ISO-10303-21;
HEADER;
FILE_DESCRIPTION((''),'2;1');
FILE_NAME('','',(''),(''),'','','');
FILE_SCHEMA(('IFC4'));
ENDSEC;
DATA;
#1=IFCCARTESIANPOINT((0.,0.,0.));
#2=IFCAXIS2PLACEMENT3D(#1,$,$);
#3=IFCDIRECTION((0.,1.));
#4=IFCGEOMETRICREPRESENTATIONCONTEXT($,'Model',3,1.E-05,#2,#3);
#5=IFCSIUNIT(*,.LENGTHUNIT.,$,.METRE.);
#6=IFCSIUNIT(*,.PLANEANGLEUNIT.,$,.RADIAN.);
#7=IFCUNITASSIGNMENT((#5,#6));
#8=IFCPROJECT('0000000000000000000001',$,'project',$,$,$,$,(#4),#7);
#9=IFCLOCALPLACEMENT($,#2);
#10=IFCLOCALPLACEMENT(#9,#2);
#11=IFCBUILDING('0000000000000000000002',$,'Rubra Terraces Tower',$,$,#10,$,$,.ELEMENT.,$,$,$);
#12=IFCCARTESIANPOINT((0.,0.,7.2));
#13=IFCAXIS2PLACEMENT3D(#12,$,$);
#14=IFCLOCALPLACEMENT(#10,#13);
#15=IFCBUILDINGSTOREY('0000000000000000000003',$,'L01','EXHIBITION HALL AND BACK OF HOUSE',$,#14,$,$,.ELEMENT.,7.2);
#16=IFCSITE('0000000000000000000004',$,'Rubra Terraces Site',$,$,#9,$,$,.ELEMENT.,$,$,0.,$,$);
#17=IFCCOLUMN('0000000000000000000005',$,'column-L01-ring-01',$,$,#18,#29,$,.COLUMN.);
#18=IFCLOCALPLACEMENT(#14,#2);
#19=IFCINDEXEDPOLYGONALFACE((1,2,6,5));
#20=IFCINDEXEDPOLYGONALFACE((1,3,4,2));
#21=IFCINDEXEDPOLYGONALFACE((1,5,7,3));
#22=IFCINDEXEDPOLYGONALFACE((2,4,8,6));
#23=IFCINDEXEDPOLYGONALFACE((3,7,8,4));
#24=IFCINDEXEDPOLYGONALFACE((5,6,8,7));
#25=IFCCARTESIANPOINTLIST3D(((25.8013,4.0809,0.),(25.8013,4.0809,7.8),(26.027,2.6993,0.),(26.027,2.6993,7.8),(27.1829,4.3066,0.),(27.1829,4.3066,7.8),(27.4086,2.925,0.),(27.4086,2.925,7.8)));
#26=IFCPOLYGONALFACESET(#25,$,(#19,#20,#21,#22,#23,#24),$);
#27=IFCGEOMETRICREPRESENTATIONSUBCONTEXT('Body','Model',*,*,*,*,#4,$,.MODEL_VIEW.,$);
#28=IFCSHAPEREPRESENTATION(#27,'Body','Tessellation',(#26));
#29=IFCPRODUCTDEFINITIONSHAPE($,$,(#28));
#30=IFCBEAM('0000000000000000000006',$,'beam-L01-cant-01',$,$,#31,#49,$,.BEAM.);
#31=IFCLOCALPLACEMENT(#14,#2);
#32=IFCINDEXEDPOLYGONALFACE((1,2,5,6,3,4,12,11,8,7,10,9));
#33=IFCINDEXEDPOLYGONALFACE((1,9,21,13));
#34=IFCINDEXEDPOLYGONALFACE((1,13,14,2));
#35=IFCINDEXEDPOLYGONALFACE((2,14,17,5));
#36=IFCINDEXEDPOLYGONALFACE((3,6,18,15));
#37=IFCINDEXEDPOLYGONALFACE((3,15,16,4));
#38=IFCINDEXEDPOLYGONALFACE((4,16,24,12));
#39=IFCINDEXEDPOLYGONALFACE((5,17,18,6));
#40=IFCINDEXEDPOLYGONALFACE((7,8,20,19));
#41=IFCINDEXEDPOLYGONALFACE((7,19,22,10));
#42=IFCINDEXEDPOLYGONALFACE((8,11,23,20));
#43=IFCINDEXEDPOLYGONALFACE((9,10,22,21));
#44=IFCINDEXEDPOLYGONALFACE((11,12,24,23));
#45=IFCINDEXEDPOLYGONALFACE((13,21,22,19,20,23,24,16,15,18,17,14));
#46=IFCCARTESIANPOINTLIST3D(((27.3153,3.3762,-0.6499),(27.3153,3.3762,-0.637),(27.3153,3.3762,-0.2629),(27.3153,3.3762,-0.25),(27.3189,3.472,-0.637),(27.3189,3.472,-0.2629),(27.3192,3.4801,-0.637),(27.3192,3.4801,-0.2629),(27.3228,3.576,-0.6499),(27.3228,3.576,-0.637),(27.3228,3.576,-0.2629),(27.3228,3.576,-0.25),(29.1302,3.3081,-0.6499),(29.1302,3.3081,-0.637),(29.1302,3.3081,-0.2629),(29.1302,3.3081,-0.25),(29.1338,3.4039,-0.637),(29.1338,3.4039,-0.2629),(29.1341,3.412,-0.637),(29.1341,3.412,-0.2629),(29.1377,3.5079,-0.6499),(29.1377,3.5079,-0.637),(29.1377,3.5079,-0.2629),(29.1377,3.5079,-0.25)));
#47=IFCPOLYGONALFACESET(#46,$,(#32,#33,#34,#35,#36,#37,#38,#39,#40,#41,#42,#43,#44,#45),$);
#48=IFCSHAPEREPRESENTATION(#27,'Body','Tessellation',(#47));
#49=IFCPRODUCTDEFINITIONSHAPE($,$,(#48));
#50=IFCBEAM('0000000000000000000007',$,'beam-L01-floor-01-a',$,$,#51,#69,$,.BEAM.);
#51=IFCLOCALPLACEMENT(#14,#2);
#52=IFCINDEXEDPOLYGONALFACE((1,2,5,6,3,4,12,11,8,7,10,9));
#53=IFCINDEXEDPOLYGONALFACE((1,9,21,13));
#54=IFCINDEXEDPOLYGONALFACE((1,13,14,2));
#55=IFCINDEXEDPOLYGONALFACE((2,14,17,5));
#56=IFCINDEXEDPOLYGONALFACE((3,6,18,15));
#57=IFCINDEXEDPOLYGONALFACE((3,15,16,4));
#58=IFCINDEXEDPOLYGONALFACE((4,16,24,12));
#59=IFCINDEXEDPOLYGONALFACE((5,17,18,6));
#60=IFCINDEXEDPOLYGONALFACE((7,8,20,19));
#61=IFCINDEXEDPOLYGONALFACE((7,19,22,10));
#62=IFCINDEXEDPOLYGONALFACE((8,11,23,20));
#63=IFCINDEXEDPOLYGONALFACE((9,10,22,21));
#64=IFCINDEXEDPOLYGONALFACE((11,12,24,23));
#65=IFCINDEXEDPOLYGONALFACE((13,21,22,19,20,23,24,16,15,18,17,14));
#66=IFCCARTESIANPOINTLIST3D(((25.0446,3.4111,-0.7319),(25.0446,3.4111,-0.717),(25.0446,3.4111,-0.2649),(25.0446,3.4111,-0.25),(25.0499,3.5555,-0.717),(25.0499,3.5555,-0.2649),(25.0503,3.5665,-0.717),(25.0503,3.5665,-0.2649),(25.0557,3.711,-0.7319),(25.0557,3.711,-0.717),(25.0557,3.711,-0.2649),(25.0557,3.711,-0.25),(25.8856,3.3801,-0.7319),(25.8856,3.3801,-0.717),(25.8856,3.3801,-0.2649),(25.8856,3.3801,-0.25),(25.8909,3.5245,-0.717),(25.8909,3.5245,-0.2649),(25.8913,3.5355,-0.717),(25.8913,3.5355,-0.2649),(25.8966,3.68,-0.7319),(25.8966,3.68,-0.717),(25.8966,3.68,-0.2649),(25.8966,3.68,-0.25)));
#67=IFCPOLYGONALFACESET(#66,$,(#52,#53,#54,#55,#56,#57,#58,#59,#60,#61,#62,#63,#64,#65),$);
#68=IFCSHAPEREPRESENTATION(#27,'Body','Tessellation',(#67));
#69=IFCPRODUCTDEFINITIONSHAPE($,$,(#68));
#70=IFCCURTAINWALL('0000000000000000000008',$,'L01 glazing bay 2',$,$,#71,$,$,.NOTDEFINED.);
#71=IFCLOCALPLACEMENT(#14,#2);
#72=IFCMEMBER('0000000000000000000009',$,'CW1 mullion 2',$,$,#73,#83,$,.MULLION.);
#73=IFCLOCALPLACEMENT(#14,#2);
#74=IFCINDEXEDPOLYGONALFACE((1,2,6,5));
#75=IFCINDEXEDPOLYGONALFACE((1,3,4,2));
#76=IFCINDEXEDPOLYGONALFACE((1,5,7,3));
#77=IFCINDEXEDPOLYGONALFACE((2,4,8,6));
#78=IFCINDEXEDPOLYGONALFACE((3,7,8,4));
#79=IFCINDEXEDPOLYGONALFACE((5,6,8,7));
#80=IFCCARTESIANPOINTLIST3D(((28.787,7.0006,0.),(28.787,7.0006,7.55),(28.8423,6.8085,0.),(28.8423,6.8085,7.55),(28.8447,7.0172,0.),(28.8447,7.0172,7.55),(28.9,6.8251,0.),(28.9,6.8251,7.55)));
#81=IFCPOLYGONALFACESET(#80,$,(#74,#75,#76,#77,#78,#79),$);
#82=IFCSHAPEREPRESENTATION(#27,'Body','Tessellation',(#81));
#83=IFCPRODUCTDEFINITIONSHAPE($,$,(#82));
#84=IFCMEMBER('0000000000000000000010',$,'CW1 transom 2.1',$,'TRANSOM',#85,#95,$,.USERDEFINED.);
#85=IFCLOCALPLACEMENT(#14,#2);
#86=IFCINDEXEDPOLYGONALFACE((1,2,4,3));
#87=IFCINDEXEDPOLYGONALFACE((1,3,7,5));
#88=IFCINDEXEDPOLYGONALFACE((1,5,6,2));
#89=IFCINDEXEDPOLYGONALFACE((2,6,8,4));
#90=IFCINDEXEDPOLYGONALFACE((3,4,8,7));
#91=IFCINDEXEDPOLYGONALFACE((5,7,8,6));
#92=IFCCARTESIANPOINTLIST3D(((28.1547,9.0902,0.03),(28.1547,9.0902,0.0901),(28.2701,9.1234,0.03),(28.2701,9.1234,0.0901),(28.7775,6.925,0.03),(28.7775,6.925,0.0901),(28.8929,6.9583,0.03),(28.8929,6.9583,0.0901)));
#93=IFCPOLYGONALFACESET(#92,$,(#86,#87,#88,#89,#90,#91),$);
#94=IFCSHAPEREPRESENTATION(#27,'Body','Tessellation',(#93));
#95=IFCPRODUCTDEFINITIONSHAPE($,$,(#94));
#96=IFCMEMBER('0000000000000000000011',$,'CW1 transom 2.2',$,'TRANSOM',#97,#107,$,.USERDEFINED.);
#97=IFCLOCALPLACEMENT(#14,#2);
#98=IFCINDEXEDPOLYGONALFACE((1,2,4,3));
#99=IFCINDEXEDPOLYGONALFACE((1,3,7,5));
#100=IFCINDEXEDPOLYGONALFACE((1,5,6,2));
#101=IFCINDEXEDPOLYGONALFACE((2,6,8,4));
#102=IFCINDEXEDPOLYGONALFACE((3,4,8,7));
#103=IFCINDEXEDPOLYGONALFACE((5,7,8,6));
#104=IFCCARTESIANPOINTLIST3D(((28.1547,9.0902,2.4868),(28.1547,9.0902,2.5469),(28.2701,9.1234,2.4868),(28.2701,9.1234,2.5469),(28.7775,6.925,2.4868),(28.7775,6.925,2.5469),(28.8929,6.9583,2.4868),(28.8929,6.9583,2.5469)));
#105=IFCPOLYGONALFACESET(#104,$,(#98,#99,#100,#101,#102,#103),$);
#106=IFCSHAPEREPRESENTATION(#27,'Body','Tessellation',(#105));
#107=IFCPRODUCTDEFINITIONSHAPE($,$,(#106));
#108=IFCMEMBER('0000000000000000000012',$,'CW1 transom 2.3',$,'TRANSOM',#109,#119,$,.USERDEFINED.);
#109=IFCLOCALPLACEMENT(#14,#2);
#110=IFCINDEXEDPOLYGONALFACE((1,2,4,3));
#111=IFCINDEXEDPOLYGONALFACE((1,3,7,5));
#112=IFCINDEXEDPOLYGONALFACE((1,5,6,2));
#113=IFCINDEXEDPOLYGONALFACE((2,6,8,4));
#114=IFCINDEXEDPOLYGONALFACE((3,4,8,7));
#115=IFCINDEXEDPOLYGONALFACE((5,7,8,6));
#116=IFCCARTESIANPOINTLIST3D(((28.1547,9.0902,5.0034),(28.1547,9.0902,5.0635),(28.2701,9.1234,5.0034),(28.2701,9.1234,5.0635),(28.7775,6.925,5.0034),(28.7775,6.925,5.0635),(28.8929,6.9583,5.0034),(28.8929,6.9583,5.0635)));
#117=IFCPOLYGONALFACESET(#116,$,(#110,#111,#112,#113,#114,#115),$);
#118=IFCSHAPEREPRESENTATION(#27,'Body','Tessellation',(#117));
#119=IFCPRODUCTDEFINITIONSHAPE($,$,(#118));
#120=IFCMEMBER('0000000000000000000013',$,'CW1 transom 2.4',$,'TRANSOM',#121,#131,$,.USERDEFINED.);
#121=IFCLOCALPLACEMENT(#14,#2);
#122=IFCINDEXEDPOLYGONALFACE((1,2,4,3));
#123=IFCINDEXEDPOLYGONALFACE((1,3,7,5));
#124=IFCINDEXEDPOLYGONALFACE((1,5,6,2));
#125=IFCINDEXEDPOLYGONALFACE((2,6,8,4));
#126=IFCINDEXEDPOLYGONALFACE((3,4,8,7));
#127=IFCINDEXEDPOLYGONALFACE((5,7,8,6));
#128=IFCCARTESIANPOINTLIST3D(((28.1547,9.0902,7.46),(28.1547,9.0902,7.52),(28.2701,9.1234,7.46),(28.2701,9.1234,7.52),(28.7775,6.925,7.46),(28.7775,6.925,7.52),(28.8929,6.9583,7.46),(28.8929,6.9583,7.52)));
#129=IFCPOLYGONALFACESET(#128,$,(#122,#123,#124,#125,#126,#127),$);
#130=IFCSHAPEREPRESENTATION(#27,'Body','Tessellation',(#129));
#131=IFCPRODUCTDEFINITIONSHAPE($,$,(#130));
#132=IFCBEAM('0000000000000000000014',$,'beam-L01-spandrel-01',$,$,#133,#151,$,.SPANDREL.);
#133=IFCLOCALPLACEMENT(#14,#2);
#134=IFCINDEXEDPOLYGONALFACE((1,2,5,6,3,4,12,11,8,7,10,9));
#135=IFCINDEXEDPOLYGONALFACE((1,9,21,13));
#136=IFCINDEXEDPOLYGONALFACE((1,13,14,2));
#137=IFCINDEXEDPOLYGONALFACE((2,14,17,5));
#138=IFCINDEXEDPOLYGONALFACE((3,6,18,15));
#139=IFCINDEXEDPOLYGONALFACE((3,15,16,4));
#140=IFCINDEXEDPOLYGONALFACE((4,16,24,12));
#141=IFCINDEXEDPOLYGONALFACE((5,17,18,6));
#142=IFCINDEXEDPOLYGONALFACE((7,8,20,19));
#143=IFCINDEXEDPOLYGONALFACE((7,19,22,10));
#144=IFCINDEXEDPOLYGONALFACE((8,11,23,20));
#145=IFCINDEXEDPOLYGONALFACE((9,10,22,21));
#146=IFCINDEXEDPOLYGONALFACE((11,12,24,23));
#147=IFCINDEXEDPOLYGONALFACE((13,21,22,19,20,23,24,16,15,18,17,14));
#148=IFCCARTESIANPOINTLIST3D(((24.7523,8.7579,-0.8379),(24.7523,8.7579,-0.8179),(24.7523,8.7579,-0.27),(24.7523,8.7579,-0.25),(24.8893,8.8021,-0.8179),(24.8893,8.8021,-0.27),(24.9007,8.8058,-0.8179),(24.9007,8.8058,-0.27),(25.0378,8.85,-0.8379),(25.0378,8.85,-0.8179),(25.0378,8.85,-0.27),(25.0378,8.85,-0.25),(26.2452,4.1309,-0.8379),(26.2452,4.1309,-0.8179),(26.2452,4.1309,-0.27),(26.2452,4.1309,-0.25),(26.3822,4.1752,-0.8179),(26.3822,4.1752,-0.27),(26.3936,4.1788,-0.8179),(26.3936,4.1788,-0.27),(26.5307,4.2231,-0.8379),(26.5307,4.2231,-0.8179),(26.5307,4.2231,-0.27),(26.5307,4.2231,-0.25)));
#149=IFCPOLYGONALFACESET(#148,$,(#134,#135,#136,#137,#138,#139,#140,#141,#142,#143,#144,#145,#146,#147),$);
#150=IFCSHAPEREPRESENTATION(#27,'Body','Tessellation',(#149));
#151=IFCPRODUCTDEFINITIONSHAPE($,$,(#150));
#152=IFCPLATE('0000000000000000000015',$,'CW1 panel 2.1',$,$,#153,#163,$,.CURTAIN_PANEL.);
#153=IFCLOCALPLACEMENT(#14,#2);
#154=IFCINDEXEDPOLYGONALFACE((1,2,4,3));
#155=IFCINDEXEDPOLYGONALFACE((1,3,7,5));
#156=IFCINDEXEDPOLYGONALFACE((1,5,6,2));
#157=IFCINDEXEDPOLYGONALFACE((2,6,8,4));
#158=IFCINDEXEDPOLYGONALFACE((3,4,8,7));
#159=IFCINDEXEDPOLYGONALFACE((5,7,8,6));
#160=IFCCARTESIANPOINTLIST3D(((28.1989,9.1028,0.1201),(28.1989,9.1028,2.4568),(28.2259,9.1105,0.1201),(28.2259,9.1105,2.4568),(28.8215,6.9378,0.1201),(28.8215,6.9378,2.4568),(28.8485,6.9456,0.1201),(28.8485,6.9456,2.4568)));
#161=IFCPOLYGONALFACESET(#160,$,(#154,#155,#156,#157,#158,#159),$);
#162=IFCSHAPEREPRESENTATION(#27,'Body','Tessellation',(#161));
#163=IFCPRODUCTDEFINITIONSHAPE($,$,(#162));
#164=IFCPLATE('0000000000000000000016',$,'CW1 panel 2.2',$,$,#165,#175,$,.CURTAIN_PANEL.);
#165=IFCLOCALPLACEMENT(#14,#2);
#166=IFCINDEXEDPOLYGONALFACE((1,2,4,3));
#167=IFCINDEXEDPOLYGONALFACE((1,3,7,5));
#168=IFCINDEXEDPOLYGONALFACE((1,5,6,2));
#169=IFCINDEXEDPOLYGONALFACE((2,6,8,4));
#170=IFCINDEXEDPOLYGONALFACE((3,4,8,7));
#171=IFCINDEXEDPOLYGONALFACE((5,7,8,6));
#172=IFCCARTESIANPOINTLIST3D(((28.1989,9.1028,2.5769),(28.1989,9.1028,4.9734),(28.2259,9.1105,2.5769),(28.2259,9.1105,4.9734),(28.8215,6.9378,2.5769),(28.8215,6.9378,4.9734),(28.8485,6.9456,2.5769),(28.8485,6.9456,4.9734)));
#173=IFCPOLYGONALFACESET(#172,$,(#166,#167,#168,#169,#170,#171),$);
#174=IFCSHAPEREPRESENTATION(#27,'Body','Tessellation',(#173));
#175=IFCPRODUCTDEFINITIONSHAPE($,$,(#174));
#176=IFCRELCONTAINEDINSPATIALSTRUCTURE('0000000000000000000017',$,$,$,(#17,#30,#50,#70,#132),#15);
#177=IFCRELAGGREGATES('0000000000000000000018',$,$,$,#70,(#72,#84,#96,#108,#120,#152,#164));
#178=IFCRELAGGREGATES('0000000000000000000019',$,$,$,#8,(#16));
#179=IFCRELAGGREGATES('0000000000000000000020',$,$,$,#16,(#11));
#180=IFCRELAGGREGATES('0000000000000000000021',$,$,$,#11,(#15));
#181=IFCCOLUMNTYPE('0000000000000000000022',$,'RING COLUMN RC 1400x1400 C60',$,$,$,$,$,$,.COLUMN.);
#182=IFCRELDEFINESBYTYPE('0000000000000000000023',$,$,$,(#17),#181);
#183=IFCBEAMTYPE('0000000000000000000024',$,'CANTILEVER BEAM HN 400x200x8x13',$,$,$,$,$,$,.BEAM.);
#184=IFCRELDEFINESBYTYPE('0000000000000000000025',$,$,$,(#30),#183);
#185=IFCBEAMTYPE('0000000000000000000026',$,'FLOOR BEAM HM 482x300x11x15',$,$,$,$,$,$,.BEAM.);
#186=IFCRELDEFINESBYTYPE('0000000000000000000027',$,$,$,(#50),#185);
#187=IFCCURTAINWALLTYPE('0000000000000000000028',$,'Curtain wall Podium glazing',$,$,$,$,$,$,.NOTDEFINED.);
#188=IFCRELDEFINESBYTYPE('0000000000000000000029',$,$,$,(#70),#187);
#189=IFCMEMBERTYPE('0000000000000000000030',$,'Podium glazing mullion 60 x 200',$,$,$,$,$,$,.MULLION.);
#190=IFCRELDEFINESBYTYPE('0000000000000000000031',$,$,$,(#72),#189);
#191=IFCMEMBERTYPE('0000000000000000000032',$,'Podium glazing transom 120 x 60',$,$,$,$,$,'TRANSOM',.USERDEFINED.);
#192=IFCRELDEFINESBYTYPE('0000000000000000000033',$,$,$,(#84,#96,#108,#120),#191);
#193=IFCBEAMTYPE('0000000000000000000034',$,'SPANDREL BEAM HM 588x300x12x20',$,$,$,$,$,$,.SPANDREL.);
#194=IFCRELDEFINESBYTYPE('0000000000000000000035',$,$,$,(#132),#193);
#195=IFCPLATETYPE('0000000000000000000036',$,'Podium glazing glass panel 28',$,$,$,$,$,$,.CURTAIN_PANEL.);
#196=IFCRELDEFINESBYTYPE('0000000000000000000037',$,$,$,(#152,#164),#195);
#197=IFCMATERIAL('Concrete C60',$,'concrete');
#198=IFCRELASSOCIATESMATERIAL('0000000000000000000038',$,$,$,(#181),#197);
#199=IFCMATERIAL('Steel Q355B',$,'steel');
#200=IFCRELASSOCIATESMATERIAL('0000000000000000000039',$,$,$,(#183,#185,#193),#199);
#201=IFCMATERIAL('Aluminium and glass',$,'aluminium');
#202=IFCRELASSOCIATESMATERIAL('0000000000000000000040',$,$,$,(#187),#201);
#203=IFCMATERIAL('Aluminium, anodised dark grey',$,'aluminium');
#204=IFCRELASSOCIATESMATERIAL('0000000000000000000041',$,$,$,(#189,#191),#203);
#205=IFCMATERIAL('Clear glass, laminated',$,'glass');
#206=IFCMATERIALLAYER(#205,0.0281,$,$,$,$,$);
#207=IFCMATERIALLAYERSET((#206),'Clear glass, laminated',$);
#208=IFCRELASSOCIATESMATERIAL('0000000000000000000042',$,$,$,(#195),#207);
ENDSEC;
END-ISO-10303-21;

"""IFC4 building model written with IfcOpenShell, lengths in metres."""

from ifc_helpers import new_model, si_unit, direction, frame, origin, origin_2d, place, context, subcontext, project, spatial, rectangle, i_section, extrude, material, layer, layer_set, material_profile, profile_set, type_object, element, aggregate, save


model = new_model("IFC4")

# Units and contexts
model_context = context("Model", 3, precision=1e-05, world=origin(), true_north=direction((0.0, 1.0)))
body_context = subcontext(model_context, "Body", "Model", "MODEL_VIEW")
ifc_project = project(units=[si_unit("LENGTHUNIT", "METRE"), si_unit("PLANEANGLEUNIT", "RADIAN")], contexts=[model_context])

# Site, building, storey
site_placement = place(None, origin())
site = spatial("IfcSite", under=ifc_project, at=site_placement, Name="Rubra Terraces Site", CompositionType="ELEMENT", RefElevation=0.0)
building_placement = place(site_placement, origin())
building = spatial("IfcBuilding", under=site, at=building_placement, Name="Rubra Terraces Tower", CompositionType="ELEMENT")
storey_placement = place(building_placement, frame((0.0, 0.0, 7.2)))
storey = spatial("IfcBuildingStorey", under=building, at=storey_placement, Name="L01", Description="EXHIBITION HALL AND BACK OF HOUSE", CompositionType="ELEMENT", Elevation=7.2)

# Column
ifc_material_1 = material(Name="Concrete C60", Category="concrete")
ifc_material_profile_1 = material_profile(ifc_material_1, rectangle(XDim=1.3999, YDim=1.3999, at=origin_2d()), Name="RC 1400x1400")
ifc_profile_set_1 = profile_set([ifc_material_profile_1], Name="Concrete C60")
column_type = type_object("IfcColumnType", Name="RING COLUMN RC 1400x1400 C60", PredefinedType="COLUMN", material=ifc_profile_set_1)
column_placement = place(storey_placement, frame((26.605, 3.5029, 0.0), z_axis=(0.0, 0.0, 1.0), x_axis=(-0.161234, 0.986916, 0.0)))
element("IfcColumn", 1, at=column_placement, inside=storey, type_object=column_type, Name="column-L01-ring-01", PredefinedType="COLUMN", context=body_context, shape_type="SweptSolid", body=[
    extrude(rectangle(XDim=1.3999, YDim=1.3999, at=origin_2d()), origin(), (0.0, 0.0, 1.0), 7.8),
])

# Beams
ifc_material_2 = material(Name="Steel Q355B", Category="steel")
ifc_material_profile_2 = material_profile(ifc_material_2, i_section(OverallWidth=0.2, OverallDepth=0.3999, WebThickness=0.0081, FlangeThickness=0.0129, at=origin_2d()), Name="HN 400x200x8x13")
ifc_profile_set_2 = profile_set([ifc_material_profile_2], Name="Steel Q355B")
beam_type_1 = type_object("IfcBeamType", Name="CANTILEVER BEAM HN 400x200x8x13", PredefinedType="BEAM", material=ifc_profile_set_2)
beam_1_placement = place(storey_placement, frame((27.3191, 3.4761, -0.45), z_axis=(0.999296, -0.037504, 0.0), x_axis=(0.037504, 0.999296, 0.0)))
element("IfcBeam", 2, at=beam_1_placement, inside=storey, type_object=beam_type_1, Name="beam-L01-cant-01", PredefinedType="BEAM", context=body_context, shape_type="SweptSolid", body=[
    extrude(i_section(OverallWidth=0.2, OverallDepth=0.3999, WebThickness=0.0081, FlangeThickness=0.0129, at=origin_2d()), origin(), (0.0, 0.0, 1.0), 1.8162),
])
ifc_material_profile_3 = material_profile(ifc_material_2, i_section(OverallWidth=0.3, OverallDepth=0.4819, WebThickness=0.011, FlangeThickness=0.0149, at=origin_2d()), Name="HM 482x300x11x15")
ifc_profile_set_3 = profile_set([ifc_material_profile_3], Name="Steel Q355B")
beam_type_2 = type_object("IfcBeamType", Name="FLOOR BEAM HM 482x300x11x15", PredefinedType="BEAM", material=ifc_profile_set_3)
beam_2_placement = place(storey_placement, frame((25.8911, 3.53, -0.491), z_axis=(-0.999321, 0.03684, 0.0), x_axis=(-0.03684, -0.999321, 0.0)))
element("IfcBeam", 3, at=beam_2_placement, inside=storey, type_object=beam_type_2, Name="beam-L01-floor-01-a", PredefinedType="BEAM", context=body_context, shape_type="SweptSolid", body=[
    extrude(i_section(OverallWidth=0.3, OverallDepth=0.4819, WebThickness=0.011, FlangeThickness=0.0149, at=origin_2d()), origin(), (0.0, 0.0, 1.0), 0.8416),
])

# Curtain wall, members
ifc_material_3 = material(Name="Aluminium and glass", Category="aluminium")
curtain_wall_type = type_object("IfcCurtainWallType", Name="Curtain wall Podium glazing", PredefinedType="NOTDEFINED", material=ifc_material_3)
curtain_wall_placement = place(storey_placement, origin())
curtain_wall = element("IfcCurtainWall", 4, at=curtain_wall_placement, inside=storey, type_object=curtain_wall_type, Name="L01 glazing bay 2", PredefinedType="NOTDEFINED")
ifc_material_4 = material(Name="Aluminium, anodised dark grey", Category="aluminium")
ifc_material_profile_4 = material_profile(ifc_material_4, rectangle(XDim=0.0601, YDim=0.2, at=origin_2d()), Name="AL 60x200")
ifc_profile_set_4 = profile_set([ifc_material_profile_4], Name="Aluminium, anodised dark grey")
member_type_1 = type_object("IfcMemberType", Name="Podium glazing mullion 60 x 200", PredefinedType="MULLION", material=ifc_profile_set_4)
member_1_placement = place(storey_placement, frame((28.8435, 6.9128, 0.0), z_axis=(0.0, 0.0, 1.0), x_axis=(-0.961047, -0.276384, 0.0)))
member_1 = element("IfcMember", 5, at=member_1_placement, type_object=member_type_1, Name="CW1 mullion 2", PredefinedType="MULLION", context=body_context, shape_type="SweptSolid", body=[
    extrude(rectangle(XDim=0.0601, YDim=0.2, at=origin_2d()), origin(), (0.0, 0.0, 1.0), 7.55),
])
ifc_material_profile_5 = material_profile(ifc_material_4, rectangle(XDim=0.1201, YDim=0.0601, at=origin_2d()), Name="AL 120x60")
ifc_profile_set_5 = profile_set([ifc_material_profile_5], Name="Aluminium, anodised dark grey")
member_type_2 = type_object("IfcMemberType", Name="Podium glazing transom 120 x 60", ElementType="TRANSOM", PredefinedType="USERDEFINED", material=ifc_profile_set_5)
member_2_placement = place(storey_placement, frame((28.8352, 6.9417, 0.0601), z_axis=(-0.276453, 0.961028, 0.0), x_axis=(-0.961028, -0.276453, 0.0)))
member_2 = element("IfcMember", 6, at=member_2_placement, type_object=member_type_2, Name="CW1 transom 2.1", ObjectType="TRANSOM", PredefinedType="USERDEFINED", context=body_context, shape_type="SweptSolid", body=[
    extrude(rectangle(XDim=0.1201, YDim=0.0601, at=origin_2d()), origin(), (0.0, 0.0, 1.0), 2.2529),
])
member_3_placement = place(storey_placement, frame((28.8352, 6.9417, 2.5168), z_axis=(-0.276453, 0.961028, 0.0), x_axis=(-0.961028, -0.276453, 0.0)))
member_3 = element("IfcMember", 7, at=member_3_placement, type_object=member_type_2, Name="CW1 transom 2.2", ObjectType="TRANSOM", PredefinedType="USERDEFINED", context=body_context, shape_type="SweptSolid", body=[
    extrude(rectangle(XDim=0.1201, YDim=0.0601, at=origin_2d()), origin(), (0.0, 0.0, 1.0), 2.2529),
])
member_4_placement = place(storey_placement, frame((28.8352, 6.9417, 5.0334), z_axis=(-0.276453, 0.961028, 0.0), x_axis=(-0.961028, -0.276453, 0.0)))
member_4 = element("IfcMember", 8, at=member_4_placement, type_object=member_type_2, Name="CW1 transom 2.3", ObjectType="TRANSOM", PredefinedType="USERDEFINED", context=body_context, shape_type="SweptSolid", body=[
    extrude(rectangle(XDim=0.1201, YDim=0.0601, at=origin_2d()), origin(), (0.0, 0.0, 1.0), 2.2529),
])
member_5_placement = place(storey_placement, frame((28.8352, 6.9417, 7.49), z_axis=(-0.276453, 0.961028, 0.0), x_axis=(-0.961028, -0.276453, 0.0)))
member_5 = element("IfcMember", 9, at=member_5_placement, type_object=member_type_2, Name="CW1 transom 2.4", ObjectType="TRANSOM", PredefinedType="USERDEFINED", context=body_context, shape_type="SweptSolid", body=[
    extrude(rectangle(XDim=0.1201, YDim=0.0601, at=origin_2d()), origin(), (0.0, 0.0, 1.0), 2.2529),
])

# Beam
ifc_material_profile_6 = material_profile(ifc_material_2, i_section(OverallWidth=0.3, OverallDepth=0.5879, WebThickness=0.012, FlangeThickness=0.02, at=origin_2d()), Name="HM 588x300x12x20")
ifc_profile_set_6 = profile_set([ifc_material_profile_6], Name="Steel Q355B")
beam_type_3 = type_object("IfcBeamType", Name="SPANDREL BEAM HM 588x300x12x20", PredefinedType="SPANDREL", material=ifc_profile_set_6)
beam_3_placement = place(storey_placement, frame((26.3879, 4.177, -0.5439), z_axis=(-0.307069, 0.951687, 0.0), x_axis=(-0.951687, -0.307069, 0.0)))
element("IfcBeam", 10, at=beam_3_placement, inside=storey, type_object=beam_type_3, Name="beam-L01-spandrel-01", PredefinedType="SPANDREL", context=body_context, shape_type="SweptSolid", body=[
    extrude(i_section(OverallWidth=0.3, OverallDepth=0.5879, WebThickness=0.012, FlangeThickness=0.02, at=origin_2d()), origin(), (0.0, 0.0, 1.0), 4.8618),
])

# Plates
ifc_material_5 = material(Name="Clear glass, laminated", Category="glass")
ifc_layer_1 = layer(ifc_material_5, 0.0281)
ifc_layer_set_1 = layer_set([ifc_layer_1], Name="Clear glass, laminated")
plate_type = type_object("IfcPlateType", Name="Podium glazing glass panel 28", PredefinedType="CURTAIN_PANEL", material=ifc_layer_set_1)
plate_1_placement = place(storey_placement, frame((28.5237, 8.0242, 0.1201), z_axis=(0.0, 0.0, 1.0), x_axis=(-0.276384, 0.961047, 0.0)))
plate_1 = element("IfcPlate", 11, at=plate_1_placement, type_object=plate_type, Name="CW1 panel 2.1", PredefinedType="CURTAIN_PANEL", context=body_context, shape_type="SweptSolid", body=[
    extrude(rectangle(XDim=2.2527, YDim=0.0281, at=origin_2d()), origin(), (0.0, 0.0, 1.0), 2.3367),
])
plate_2_placement = place(storey_placement, frame((28.5237, 8.0242, 2.5769), z_axis=(0.0, 0.0, 1.0), x_axis=(-0.276384, 0.961047, 0.0)))
plate_2 = element("IfcPlate", 12, at=plate_2_placement, type_object=plate_type, Name="CW1 panel 2.2", PredefinedType="CURTAIN_PANEL", context=body_context, shape_type="SweptSolid", body=[
    extrude(rectangle(XDim=2.2527, YDim=0.0281, at=origin_2d()), origin(), (0.0, 0.0, 1.0), 2.3965),
])
aggregate(curtain_wall, [member_1, member_2, member_3, member_4, member_5, plate_1, plate_2])

save(model, "model.ifc")
